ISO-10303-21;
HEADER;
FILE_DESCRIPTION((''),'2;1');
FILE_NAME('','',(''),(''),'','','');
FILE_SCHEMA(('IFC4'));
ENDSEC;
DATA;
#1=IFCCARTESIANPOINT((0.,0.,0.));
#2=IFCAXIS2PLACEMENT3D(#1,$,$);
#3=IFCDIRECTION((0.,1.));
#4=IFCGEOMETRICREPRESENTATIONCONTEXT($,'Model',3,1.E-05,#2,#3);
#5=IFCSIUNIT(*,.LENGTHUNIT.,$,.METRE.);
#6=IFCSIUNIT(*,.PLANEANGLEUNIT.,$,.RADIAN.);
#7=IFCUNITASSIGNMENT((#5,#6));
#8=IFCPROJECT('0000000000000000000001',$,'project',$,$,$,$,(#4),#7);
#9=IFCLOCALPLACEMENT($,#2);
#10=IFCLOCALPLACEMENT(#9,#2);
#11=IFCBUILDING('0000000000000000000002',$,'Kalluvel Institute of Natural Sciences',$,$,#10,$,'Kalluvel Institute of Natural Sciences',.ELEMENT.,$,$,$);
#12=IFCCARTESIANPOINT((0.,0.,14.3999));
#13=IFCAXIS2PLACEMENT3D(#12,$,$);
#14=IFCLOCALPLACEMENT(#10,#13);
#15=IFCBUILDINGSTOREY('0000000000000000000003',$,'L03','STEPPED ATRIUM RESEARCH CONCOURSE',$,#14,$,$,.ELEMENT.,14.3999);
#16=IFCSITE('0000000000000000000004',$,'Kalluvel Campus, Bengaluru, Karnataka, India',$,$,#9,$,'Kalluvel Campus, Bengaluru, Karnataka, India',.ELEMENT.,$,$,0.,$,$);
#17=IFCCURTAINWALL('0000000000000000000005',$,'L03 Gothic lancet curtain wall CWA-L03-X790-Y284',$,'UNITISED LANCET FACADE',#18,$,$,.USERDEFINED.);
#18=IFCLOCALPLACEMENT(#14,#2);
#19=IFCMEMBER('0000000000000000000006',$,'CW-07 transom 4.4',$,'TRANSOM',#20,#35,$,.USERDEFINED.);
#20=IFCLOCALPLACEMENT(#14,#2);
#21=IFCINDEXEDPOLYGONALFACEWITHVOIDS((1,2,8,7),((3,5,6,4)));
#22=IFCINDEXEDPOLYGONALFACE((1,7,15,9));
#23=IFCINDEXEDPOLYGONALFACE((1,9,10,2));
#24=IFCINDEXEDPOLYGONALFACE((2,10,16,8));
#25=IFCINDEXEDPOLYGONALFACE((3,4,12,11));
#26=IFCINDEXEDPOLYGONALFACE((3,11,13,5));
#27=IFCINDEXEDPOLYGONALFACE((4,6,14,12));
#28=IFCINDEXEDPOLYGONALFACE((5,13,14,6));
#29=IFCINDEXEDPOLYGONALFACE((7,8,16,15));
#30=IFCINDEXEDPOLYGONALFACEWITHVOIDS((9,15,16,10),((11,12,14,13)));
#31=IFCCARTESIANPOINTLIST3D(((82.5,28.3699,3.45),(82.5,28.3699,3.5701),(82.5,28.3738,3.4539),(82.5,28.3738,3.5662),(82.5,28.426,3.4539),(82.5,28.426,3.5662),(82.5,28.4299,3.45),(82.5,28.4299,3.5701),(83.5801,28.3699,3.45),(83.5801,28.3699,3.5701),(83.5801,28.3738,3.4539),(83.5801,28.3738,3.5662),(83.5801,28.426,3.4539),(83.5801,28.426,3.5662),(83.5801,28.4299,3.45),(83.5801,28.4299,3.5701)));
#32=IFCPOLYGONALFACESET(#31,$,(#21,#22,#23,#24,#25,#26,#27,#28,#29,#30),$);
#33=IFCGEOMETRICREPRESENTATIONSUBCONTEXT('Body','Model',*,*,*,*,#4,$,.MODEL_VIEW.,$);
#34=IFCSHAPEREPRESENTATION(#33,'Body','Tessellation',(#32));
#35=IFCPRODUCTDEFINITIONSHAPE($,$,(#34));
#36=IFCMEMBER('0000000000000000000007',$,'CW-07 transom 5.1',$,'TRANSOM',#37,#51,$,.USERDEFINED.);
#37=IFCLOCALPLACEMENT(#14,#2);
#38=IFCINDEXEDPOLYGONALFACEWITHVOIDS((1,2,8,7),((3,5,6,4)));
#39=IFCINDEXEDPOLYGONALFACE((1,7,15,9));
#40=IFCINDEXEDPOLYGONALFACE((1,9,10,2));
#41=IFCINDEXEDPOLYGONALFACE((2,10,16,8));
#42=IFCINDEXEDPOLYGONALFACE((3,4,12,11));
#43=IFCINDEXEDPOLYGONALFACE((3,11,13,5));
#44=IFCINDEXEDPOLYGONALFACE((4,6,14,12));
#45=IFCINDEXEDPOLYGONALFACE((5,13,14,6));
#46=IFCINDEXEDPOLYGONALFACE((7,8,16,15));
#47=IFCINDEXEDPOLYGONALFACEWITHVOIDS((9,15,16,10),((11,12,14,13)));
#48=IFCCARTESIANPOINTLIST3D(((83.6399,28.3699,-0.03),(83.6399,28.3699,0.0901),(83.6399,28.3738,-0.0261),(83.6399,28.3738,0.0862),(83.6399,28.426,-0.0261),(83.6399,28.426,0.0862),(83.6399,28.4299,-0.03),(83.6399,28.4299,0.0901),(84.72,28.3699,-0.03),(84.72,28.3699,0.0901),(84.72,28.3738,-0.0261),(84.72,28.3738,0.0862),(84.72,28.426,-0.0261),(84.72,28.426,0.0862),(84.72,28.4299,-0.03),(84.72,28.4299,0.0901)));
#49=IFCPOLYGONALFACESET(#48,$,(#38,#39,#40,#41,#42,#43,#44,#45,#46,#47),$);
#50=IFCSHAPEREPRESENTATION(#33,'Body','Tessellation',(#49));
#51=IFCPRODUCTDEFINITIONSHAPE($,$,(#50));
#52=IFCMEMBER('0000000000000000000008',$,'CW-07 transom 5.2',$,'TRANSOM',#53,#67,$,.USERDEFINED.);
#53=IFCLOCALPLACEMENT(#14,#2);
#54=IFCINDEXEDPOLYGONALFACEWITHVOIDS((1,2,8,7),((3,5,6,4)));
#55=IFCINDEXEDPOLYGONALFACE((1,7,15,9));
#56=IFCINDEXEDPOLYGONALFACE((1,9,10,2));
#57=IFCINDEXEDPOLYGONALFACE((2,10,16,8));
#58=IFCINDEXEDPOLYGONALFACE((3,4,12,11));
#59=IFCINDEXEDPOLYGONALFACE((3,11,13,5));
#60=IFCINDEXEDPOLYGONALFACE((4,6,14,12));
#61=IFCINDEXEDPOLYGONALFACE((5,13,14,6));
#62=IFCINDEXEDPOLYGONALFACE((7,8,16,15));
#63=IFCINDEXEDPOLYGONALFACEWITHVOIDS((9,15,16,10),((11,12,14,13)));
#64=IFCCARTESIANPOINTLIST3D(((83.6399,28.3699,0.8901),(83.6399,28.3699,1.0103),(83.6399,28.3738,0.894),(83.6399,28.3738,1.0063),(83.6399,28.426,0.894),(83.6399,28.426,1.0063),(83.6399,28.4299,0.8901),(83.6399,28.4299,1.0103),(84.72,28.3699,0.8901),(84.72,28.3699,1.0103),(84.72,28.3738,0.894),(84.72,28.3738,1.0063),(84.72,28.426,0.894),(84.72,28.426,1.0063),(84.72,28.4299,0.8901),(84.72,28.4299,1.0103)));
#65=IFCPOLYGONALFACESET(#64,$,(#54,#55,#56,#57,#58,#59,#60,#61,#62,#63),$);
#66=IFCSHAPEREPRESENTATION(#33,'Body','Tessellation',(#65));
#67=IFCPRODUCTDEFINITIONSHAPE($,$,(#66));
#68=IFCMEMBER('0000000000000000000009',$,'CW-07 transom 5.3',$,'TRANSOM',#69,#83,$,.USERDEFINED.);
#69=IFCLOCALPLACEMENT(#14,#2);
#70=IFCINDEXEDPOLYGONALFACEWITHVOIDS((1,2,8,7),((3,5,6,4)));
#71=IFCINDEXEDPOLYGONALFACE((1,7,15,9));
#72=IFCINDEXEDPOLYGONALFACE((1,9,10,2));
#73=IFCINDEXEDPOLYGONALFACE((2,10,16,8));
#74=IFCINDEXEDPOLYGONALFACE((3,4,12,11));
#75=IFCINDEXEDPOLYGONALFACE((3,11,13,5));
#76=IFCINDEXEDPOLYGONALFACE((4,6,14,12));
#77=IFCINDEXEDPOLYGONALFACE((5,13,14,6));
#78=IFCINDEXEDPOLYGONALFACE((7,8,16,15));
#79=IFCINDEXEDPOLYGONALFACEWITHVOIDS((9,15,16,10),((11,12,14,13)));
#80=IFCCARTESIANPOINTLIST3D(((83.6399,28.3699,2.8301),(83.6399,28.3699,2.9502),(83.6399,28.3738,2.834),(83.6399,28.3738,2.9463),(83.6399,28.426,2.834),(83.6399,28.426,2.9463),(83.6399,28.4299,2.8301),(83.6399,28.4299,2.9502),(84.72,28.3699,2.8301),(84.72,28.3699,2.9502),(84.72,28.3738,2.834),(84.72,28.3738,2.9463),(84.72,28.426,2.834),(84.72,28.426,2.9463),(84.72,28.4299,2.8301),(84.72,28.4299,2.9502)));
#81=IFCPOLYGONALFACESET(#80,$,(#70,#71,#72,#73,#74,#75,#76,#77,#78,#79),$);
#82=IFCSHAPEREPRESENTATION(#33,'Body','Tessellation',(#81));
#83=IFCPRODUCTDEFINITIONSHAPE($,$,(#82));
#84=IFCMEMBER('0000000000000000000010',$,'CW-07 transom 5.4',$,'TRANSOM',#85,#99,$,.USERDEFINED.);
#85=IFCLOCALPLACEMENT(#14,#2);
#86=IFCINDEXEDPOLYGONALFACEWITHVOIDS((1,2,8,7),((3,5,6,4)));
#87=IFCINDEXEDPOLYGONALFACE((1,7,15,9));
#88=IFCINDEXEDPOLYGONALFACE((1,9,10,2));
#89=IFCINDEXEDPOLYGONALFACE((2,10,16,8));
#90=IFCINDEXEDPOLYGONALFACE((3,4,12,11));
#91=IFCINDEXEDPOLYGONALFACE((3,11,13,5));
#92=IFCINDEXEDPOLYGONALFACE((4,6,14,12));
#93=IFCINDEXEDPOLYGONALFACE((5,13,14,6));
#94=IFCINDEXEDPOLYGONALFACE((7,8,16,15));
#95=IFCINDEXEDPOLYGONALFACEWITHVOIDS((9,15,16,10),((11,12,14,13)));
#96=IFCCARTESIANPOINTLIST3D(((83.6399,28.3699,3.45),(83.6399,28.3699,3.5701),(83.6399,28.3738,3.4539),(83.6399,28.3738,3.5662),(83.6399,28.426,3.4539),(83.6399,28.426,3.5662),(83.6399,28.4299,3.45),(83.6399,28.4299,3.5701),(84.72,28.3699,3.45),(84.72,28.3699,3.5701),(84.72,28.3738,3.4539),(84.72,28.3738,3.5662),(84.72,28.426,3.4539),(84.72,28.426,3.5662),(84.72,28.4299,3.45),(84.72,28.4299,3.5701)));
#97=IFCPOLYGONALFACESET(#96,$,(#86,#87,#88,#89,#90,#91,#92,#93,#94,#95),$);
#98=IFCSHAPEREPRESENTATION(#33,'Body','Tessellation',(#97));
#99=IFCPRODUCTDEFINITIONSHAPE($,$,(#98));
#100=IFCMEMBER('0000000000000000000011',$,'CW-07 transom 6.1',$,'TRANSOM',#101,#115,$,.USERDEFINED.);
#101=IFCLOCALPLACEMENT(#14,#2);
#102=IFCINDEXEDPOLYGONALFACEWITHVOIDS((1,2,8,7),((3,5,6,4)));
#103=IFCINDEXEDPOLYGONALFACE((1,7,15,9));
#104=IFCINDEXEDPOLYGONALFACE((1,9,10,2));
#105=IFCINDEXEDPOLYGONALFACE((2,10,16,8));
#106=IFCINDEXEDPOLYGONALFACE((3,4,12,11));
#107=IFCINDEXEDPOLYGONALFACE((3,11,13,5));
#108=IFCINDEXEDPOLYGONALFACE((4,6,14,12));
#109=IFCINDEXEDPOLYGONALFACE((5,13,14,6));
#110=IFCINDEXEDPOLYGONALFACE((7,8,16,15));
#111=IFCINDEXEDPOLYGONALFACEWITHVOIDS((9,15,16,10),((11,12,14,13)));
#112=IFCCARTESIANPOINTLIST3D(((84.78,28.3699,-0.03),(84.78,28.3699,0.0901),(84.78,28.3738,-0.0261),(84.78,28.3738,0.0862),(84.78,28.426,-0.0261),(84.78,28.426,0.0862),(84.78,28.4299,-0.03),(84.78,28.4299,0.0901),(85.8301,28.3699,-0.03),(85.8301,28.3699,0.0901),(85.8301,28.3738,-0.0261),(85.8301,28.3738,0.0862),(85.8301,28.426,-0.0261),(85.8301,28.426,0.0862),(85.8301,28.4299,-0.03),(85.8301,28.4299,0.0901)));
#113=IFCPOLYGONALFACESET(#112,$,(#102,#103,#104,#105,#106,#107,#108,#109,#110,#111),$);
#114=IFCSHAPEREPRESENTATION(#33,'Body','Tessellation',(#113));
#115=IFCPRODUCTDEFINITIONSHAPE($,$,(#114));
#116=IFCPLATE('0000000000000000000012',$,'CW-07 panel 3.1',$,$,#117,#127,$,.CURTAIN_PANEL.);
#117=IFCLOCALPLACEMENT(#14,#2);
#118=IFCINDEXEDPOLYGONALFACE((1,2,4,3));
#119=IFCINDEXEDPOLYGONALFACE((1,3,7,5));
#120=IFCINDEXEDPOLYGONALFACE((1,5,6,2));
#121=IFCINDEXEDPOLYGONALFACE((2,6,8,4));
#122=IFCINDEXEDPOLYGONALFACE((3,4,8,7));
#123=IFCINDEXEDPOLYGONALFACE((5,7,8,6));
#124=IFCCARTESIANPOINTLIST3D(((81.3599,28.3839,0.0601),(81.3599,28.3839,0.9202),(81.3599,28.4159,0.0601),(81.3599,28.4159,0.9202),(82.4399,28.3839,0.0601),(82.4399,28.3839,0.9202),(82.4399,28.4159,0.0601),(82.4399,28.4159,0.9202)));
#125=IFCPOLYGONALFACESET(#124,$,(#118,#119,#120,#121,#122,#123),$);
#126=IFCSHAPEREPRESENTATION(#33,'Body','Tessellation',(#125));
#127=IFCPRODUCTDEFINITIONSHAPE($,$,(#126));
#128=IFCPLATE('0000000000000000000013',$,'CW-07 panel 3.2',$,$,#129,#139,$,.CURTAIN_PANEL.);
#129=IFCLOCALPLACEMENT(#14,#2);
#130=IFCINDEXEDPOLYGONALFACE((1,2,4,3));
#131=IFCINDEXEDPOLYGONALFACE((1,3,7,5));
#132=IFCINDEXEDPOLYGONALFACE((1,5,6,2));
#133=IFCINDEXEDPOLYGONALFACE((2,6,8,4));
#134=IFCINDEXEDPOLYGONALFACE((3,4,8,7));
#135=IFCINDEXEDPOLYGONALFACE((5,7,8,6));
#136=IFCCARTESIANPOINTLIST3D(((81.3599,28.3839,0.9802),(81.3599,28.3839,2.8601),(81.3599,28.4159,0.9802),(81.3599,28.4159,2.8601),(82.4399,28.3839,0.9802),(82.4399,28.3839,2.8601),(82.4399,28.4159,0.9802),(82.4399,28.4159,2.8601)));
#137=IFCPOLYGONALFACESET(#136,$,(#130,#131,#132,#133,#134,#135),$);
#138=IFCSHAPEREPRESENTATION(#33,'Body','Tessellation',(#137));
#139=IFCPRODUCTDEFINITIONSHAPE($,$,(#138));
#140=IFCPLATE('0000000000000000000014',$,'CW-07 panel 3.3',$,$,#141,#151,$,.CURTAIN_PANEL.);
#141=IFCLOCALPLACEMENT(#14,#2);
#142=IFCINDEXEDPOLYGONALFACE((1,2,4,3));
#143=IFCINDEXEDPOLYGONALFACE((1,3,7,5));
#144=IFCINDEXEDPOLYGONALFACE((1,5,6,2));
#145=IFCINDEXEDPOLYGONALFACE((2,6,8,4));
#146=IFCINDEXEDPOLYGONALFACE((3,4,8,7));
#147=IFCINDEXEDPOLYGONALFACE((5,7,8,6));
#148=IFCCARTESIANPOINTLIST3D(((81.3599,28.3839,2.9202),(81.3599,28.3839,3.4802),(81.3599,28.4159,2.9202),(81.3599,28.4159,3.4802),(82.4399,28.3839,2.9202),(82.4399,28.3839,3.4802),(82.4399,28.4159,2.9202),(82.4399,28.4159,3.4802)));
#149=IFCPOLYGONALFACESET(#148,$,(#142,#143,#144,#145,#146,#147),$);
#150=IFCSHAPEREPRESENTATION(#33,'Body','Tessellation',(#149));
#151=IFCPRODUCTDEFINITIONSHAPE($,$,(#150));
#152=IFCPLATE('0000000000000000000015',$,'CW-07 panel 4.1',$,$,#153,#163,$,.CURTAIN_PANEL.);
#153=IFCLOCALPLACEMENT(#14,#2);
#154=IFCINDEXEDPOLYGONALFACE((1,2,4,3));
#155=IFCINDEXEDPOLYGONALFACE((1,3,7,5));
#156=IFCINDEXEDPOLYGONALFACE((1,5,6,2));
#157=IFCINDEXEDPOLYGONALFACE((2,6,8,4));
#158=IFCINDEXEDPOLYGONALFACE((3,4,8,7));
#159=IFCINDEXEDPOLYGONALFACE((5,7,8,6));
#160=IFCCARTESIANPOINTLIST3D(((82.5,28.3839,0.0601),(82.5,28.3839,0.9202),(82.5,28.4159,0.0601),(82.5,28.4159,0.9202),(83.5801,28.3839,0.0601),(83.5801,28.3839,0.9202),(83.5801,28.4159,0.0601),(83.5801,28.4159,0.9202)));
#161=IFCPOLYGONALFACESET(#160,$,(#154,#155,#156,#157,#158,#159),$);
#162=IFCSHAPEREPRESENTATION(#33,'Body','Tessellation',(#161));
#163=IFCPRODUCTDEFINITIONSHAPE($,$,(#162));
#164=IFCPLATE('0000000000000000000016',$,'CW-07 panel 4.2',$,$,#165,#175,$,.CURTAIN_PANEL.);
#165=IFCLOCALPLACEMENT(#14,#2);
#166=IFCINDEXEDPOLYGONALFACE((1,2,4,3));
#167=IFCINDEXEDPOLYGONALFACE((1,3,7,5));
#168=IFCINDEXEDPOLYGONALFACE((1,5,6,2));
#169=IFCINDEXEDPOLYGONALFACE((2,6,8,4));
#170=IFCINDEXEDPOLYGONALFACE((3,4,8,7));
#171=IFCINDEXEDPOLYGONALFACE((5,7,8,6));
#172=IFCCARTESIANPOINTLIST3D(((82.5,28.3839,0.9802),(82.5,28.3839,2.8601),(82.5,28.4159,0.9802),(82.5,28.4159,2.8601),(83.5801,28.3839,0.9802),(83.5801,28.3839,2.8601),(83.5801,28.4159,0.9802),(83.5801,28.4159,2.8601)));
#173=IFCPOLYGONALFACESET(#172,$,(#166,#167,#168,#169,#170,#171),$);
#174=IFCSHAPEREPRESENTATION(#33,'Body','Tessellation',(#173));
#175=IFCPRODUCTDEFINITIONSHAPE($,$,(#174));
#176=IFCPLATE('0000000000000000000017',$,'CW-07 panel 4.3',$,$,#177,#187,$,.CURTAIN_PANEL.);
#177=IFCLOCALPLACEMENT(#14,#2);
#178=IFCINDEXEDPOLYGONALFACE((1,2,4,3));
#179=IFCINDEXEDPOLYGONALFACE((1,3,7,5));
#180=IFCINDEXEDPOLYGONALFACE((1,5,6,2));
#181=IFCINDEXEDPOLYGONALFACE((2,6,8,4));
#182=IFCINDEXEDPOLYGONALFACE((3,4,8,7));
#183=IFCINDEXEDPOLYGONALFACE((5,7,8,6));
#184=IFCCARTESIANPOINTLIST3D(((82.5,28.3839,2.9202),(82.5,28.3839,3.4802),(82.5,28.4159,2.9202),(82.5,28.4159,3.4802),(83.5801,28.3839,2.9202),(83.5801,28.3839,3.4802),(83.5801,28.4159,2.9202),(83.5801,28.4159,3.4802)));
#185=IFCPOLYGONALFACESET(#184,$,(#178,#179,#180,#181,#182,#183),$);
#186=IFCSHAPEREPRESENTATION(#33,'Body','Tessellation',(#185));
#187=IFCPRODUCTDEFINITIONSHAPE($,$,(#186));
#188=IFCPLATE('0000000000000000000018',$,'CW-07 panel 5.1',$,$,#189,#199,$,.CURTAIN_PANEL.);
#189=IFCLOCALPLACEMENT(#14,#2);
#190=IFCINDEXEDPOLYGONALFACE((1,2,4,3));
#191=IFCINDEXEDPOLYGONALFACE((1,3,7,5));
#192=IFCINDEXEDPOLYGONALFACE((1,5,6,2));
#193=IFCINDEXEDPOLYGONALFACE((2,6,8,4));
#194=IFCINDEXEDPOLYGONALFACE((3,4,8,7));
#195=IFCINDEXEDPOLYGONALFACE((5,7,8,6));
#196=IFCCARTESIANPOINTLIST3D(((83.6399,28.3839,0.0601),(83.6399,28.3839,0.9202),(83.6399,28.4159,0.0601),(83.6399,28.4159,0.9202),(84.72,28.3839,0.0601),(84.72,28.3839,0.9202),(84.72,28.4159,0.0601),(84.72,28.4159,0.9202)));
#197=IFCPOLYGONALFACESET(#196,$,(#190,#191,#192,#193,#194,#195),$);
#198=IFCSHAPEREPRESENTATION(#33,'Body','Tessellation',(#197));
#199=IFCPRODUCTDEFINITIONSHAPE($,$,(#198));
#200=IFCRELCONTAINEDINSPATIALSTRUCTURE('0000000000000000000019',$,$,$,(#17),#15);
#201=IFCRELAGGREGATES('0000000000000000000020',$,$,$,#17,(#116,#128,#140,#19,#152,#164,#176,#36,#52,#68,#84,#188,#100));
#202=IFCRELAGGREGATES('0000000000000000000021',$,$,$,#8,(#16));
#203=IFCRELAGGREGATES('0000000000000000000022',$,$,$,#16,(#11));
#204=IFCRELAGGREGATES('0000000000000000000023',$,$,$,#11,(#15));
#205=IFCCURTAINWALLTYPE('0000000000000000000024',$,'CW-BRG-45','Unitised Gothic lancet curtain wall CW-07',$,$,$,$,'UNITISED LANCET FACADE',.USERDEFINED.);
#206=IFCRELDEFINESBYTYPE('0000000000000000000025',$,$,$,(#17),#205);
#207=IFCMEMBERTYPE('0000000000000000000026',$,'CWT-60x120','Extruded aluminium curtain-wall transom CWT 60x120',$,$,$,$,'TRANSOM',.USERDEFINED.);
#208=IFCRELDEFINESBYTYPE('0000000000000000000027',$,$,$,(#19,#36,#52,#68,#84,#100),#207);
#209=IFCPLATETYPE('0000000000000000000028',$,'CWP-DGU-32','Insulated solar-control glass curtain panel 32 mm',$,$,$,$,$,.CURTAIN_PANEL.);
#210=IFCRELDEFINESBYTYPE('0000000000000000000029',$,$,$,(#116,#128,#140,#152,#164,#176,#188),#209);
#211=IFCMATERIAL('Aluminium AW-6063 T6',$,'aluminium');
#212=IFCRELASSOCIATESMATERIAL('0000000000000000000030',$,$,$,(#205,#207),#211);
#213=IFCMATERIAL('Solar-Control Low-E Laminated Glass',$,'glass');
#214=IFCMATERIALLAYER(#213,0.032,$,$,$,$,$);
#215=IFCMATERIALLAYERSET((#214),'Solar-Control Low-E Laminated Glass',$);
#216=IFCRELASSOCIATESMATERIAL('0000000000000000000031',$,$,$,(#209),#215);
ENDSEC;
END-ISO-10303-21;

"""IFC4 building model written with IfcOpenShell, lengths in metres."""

from ifc_helpers import new_model, si_unit, direction, frame, origin, origin_2d, place, context, subcontext, project, spatial, rectangle, hollow_rectangle, extrude, material, layer, layer_set, material_profile, profile_set, type_object, element, aggregate, save


model = new_model("IFC4")

# Units and contexts
model_context = context("Model", 3, precision=1e-05, world=origin(), true_north=direction((0.0, 1.0)))
body_context = subcontext(model_context, "Body", "Model", "MODEL_VIEW")
ifc_project = project(units=[si_unit("LENGTHUNIT", "METRE"), si_unit("PLANEANGLEUNIT", "RADIAN")], contexts=[model_context])

# Site, building, storey
site_placement = place(None, origin())
site = spatial("IfcSite", under=ifc_project, at=site_placement, Name="Kalluvel Campus, Bengaluru, Karnataka, India", LongName="Kalluvel Campus, Bengaluru, Karnataka, India", CompositionType="ELEMENT", RefElevation=0.0)
building_placement = place(site_placement, origin())
building = spatial("IfcBuilding", under=site, at=building_placement, Name="Kalluvel Institute of Natural Sciences", LongName="Kalluvel Institute of Natural Sciences", CompositionType="ELEMENT")
storey_placement = place(building_placement, frame((0.0, 0.0, 14.3999)))
storey = spatial("IfcBuildingStorey", under=building, at=storey_placement, Name="L03", Description="STEPPED ATRIUM RESEARCH CONCOURSE", CompositionType="ELEMENT", Elevation=14.3999)

# Curtain wall, members, plates
ifc_material_1 = material(Name="Aluminium AW-6063 T6", Category="aluminium")
curtain_wall_type = type_object("IfcCurtainWallType", Name="CW-BRG-45", Description="Unitised Gothic lancet curtain wall CW-07", ElementType="UNITISED LANCET FACADE", PredefinedType="USERDEFINED", material=ifc_material_1)
curtain_wall_placement = place(storey_placement, origin())
curtain_wall = element("IfcCurtainWall", 1, at=curtain_wall_placement, inside=storey, type_object=curtain_wall_type, Name="L03 Gothic lancet curtain wall CWA-L03-X790-Y284", ObjectType="UNITISED LANCET FACADE", PredefinedType="USERDEFINED")
ifc_material_profile_1 = material_profile(ifc_material_1, hollow_rectangle(XDim=0.0601, YDim=0.1201, WallThickness=0.0039, at=origin_2d()), Name="CWT 60x120")
ifc_profile_set_1 = profile_set([ifc_material_profile_1], Name="Aluminium AW-6063 T6")
member_type_1 = type_object("IfcMemberType", Name="CWT-60x120", Description="Extruded aluminium curtain-wall transom CWT 60x120", ElementType="TRANSOM", PredefinedType="USERDEFINED", material=ifc_profile_set_1)
member_1_placement = place(storey_placement, frame((82.5, 28.3999, 3.51), z_axis=(1.0, 0.0, 0.0), x_axis=(0.0, 1.0, 0.0)))
member_1 = element("IfcMember", 2, at=member_1_placement, type_object=member_type_1, Name="CW-07 transom 4.4", ObjectType="TRANSOM", PredefinedType="USERDEFINED", context=body_context, shape_type="SweptSolid", body=[
    extrude(hollow_rectangle(XDim=0.0601, YDim=0.1201, WallThickness=0.0039, at=origin_2d()), origin(), (0.0, 0.0, 1.0), 1.0801),
])
member_2_placement = place(storey_placement, frame((83.6399, 28.3999, 0.03), z_axis=(1.0, 0.0, 0.0), x_axis=(0.0, 1.0, 0.0)))
member_2 = element("IfcMember", 3, at=member_2_placement, type_object=member_type_1, Name="CW-07 transom 5.1", ObjectType="TRANSOM", PredefinedType="USERDEFINED", context=body_context, shape_type="SweptSolid", body=[
    extrude(hollow_rectangle(XDim=0.0601, YDim=0.1201, WallThickness=0.0039, at=origin_2d()), origin(), (0.0, 0.0, 1.0), 1.0801),
])
member_3_placement = place(storey_placement, frame((83.6399, 28.3999, 0.9502), z_axis=(1.0, 0.0, 0.0), x_axis=(0.0, 1.0, 0.0)))
member_3 = element("IfcMember", 4, at=member_3_placement, type_object=member_type_1, Name="CW-07 transom 5.2", ObjectType="TRANSOM", PredefinedType="USERDEFINED", context=body_context, shape_type="SweptSolid", body=[
    extrude(hollow_rectangle(XDim=0.0601, YDim=0.1201, WallThickness=0.0039, at=origin_2d()), origin(), (0.0, 0.0, 1.0), 1.0801),
])
member_4_placement = place(storey_placement, frame((83.6399, 28.3999, 2.8901), z_axis=(1.0, 0.0, 0.0), x_axis=(0.0, 1.0, 0.0)))
member_4 = element("IfcMember", 5, at=member_4_placement, type_object=member_type_1, Name="CW-07 transom 5.3", ObjectType="TRANSOM", PredefinedType="USERDEFINED", context=body_context, shape_type="SweptSolid", body=[
    extrude(hollow_rectangle(XDim=0.0601, YDim=0.1201, WallThickness=0.0039, at=origin_2d()), origin(), (0.0, 0.0, 1.0), 1.0801),
])
member_5_placement = place(storey_placement, frame((83.6399, 28.3999, 3.51), z_axis=(1.0, 0.0, 0.0), x_axis=(0.0, 1.0, 0.0)))
member_5 = element("IfcMember", 6, at=member_5_placement, type_object=member_type_1, Name="CW-07 transom 5.4", ObjectType="TRANSOM", PredefinedType="USERDEFINED", context=body_context, shape_type="SweptSolid", body=[
    extrude(hollow_rectangle(XDim=0.0601, YDim=0.1201, WallThickness=0.0039, at=origin_2d()), origin(), (0.0, 0.0, 1.0), 1.0801),
])
member_6_placement = place(storey_placement, frame((84.78, 28.3999, 0.03), z_axis=(1.0, 0.0, 0.0), x_axis=(0.0, 1.0, 0.0)))
member_6 = element("IfcMember", 7, at=member_6_placement, type_object=member_type_1, Name="CW-07 transom 6.1", ObjectType="TRANSOM", PredefinedType="USERDEFINED", context=body_context, shape_type="SweptSolid", body=[
    extrude(hollow_rectangle(XDim=0.0601, YDim=0.1201, WallThickness=0.0039, at=origin_2d()), origin(), (0.0, 0.0, 1.0), 1.05),
])
ifc_material_2 = material(Name="Solar-Control Low-E Laminated Glass", Category="glass")
ifc_layer = layer(ifc_material_2, 0.032)
ifc_layer_set = layer_set([ifc_layer], Name="Solar-Control Low-E Laminated Glass")
plate_type = type_object("IfcPlateType", Name="CWP-DGU-32", Description="Insulated solar-control glass curtain panel 32 mm", PredefinedType="CURTAIN_PANEL", material=ifc_layer_set)
plate_1_placement = place(storey_placement, frame((81.8999, 28.3999, 0.0601), z_axis=(0.0, 0.0, 1.0), x_axis=(1.0, 0.0, 0.0)))
plate_1 = element("IfcPlate", 8, at=plate_1_placement, type_object=plate_type, Name="CW-07 panel 3.1", PredefinedType="CURTAIN_PANEL", context=body_context, shape_type="SweptSolid", body=[
    extrude(rectangle(XDim=1.0801, YDim=0.032, at=origin_2d()), origin(), (0.0, 0.0, 1.0), 0.8601),
])
plate_2_placement = place(storey_placement, frame((81.8999, 28.3999, 0.9802), z_axis=(0.0, 0.0, 1.0), x_axis=(1.0, 0.0, 0.0)))
plate_2 = element("IfcPlate", 9, at=plate_2_placement, type_object=plate_type, Name="CW-07 panel 3.2", PredefinedType="CURTAIN_PANEL", context=body_context, shape_type="SweptSolid", body=[
    extrude(rectangle(XDim=1.0801, YDim=0.032, at=origin_2d()), origin(), (0.0, 0.0, 1.0), 1.8799),
])
plate_3_placement = place(storey_placement, frame((81.8999, 28.3999, 2.9202), z_axis=(0.0, 0.0, 1.0), x_axis=(1.0, 0.0, 0.0)))
plate_3 = element("IfcPlate", 10, at=plate_3_placement, type_object=plate_type, Name="CW-07 panel 3.3", PredefinedType="CURTAIN_PANEL", context=body_context, shape_type="SweptSolid", body=[
    extrude(rectangle(XDim=1.0801, YDim=0.032, at=origin_2d()), origin(), (0.0, 0.0, 1.0), 0.5601),
])
plate_4_placement = place(storey_placement, frame((83.04, 28.3999, 0.0601), z_axis=(0.0, 0.0, 1.0), x_axis=(1.0, 0.0, 0.0)))
plate_4 = element("IfcPlate", 11, at=plate_4_placement, type_object=plate_type, Name="CW-07 panel 4.1", PredefinedType="CURTAIN_PANEL", context=body_context, shape_type="SweptSolid", body=[
    extrude(rectangle(XDim=1.0801, YDim=0.032, at=origin_2d()), origin(), (0.0, 0.0, 1.0), 0.8601),
])
plate_5_placement = place(storey_placement, frame((83.04, 28.3999, 0.9802), z_axis=(0.0, 0.0, 1.0), x_axis=(1.0, 0.0, 0.0)))
plate_5 = element("IfcPlate", 12, at=plate_5_placement, type_object=plate_type, Name="CW-07 panel 4.2", PredefinedType="CURTAIN_PANEL", context=body_context, shape_type="SweptSolid", body=[
    extrude(rectangle(XDim=1.0801, YDim=0.032, at=origin_2d()), origin(), (0.0, 0.0, 1.0), 1.8799),
])
plate_6_placement = place(storey_placement, frame((83.04, 28.3999, 2.9202), z_axis=(0.0, 0.0, 1.0), x_axis=(1.0, 0.0, 0.0)))
plate_6 = element("IfcPlate", 13, at=plate_6_placement, type_object=plate_type, Name="CW-07 panel 4.3", PredefinedType="CURTAIN_PANEL", context=body_context, shape_type="SweptSolid", body=[
    extrude(rectangle(XDim=1.0801, YDim=0.032, at=origin_2d()), origin(), (0.0, 0.0, 1.0), 0.5601),
])
plate_7_placement = place(storey_placement, frame((84.1799, 28.3999, 0.0601), z_axis=(0.0, 0.0, 1.0), x_axis=(1.0, 0.0, 0.0)))
plate_7 = element("IfcPlate", 14, at=plate_7_placement, type_object=plate_type, Name="CW-07 panel 5.1", PredefinedType="CURTAIN_PANEL", context=body_context, shape_type="SweptSolid", body=[
    extrude(rectangle(XDim=1.0801, YDim=0.032, at=origin_2d()), origin(), (0.0, 0.0, 1.0), 0.8601),
])
aggregate(curtain_wall, [plate_1, plate_2, plate_3, member_1, plate_4, plate_5, plate_6, member_2, member_3, member_4, member_5, plate_7, member_6])

save(model, "model.ifc")
